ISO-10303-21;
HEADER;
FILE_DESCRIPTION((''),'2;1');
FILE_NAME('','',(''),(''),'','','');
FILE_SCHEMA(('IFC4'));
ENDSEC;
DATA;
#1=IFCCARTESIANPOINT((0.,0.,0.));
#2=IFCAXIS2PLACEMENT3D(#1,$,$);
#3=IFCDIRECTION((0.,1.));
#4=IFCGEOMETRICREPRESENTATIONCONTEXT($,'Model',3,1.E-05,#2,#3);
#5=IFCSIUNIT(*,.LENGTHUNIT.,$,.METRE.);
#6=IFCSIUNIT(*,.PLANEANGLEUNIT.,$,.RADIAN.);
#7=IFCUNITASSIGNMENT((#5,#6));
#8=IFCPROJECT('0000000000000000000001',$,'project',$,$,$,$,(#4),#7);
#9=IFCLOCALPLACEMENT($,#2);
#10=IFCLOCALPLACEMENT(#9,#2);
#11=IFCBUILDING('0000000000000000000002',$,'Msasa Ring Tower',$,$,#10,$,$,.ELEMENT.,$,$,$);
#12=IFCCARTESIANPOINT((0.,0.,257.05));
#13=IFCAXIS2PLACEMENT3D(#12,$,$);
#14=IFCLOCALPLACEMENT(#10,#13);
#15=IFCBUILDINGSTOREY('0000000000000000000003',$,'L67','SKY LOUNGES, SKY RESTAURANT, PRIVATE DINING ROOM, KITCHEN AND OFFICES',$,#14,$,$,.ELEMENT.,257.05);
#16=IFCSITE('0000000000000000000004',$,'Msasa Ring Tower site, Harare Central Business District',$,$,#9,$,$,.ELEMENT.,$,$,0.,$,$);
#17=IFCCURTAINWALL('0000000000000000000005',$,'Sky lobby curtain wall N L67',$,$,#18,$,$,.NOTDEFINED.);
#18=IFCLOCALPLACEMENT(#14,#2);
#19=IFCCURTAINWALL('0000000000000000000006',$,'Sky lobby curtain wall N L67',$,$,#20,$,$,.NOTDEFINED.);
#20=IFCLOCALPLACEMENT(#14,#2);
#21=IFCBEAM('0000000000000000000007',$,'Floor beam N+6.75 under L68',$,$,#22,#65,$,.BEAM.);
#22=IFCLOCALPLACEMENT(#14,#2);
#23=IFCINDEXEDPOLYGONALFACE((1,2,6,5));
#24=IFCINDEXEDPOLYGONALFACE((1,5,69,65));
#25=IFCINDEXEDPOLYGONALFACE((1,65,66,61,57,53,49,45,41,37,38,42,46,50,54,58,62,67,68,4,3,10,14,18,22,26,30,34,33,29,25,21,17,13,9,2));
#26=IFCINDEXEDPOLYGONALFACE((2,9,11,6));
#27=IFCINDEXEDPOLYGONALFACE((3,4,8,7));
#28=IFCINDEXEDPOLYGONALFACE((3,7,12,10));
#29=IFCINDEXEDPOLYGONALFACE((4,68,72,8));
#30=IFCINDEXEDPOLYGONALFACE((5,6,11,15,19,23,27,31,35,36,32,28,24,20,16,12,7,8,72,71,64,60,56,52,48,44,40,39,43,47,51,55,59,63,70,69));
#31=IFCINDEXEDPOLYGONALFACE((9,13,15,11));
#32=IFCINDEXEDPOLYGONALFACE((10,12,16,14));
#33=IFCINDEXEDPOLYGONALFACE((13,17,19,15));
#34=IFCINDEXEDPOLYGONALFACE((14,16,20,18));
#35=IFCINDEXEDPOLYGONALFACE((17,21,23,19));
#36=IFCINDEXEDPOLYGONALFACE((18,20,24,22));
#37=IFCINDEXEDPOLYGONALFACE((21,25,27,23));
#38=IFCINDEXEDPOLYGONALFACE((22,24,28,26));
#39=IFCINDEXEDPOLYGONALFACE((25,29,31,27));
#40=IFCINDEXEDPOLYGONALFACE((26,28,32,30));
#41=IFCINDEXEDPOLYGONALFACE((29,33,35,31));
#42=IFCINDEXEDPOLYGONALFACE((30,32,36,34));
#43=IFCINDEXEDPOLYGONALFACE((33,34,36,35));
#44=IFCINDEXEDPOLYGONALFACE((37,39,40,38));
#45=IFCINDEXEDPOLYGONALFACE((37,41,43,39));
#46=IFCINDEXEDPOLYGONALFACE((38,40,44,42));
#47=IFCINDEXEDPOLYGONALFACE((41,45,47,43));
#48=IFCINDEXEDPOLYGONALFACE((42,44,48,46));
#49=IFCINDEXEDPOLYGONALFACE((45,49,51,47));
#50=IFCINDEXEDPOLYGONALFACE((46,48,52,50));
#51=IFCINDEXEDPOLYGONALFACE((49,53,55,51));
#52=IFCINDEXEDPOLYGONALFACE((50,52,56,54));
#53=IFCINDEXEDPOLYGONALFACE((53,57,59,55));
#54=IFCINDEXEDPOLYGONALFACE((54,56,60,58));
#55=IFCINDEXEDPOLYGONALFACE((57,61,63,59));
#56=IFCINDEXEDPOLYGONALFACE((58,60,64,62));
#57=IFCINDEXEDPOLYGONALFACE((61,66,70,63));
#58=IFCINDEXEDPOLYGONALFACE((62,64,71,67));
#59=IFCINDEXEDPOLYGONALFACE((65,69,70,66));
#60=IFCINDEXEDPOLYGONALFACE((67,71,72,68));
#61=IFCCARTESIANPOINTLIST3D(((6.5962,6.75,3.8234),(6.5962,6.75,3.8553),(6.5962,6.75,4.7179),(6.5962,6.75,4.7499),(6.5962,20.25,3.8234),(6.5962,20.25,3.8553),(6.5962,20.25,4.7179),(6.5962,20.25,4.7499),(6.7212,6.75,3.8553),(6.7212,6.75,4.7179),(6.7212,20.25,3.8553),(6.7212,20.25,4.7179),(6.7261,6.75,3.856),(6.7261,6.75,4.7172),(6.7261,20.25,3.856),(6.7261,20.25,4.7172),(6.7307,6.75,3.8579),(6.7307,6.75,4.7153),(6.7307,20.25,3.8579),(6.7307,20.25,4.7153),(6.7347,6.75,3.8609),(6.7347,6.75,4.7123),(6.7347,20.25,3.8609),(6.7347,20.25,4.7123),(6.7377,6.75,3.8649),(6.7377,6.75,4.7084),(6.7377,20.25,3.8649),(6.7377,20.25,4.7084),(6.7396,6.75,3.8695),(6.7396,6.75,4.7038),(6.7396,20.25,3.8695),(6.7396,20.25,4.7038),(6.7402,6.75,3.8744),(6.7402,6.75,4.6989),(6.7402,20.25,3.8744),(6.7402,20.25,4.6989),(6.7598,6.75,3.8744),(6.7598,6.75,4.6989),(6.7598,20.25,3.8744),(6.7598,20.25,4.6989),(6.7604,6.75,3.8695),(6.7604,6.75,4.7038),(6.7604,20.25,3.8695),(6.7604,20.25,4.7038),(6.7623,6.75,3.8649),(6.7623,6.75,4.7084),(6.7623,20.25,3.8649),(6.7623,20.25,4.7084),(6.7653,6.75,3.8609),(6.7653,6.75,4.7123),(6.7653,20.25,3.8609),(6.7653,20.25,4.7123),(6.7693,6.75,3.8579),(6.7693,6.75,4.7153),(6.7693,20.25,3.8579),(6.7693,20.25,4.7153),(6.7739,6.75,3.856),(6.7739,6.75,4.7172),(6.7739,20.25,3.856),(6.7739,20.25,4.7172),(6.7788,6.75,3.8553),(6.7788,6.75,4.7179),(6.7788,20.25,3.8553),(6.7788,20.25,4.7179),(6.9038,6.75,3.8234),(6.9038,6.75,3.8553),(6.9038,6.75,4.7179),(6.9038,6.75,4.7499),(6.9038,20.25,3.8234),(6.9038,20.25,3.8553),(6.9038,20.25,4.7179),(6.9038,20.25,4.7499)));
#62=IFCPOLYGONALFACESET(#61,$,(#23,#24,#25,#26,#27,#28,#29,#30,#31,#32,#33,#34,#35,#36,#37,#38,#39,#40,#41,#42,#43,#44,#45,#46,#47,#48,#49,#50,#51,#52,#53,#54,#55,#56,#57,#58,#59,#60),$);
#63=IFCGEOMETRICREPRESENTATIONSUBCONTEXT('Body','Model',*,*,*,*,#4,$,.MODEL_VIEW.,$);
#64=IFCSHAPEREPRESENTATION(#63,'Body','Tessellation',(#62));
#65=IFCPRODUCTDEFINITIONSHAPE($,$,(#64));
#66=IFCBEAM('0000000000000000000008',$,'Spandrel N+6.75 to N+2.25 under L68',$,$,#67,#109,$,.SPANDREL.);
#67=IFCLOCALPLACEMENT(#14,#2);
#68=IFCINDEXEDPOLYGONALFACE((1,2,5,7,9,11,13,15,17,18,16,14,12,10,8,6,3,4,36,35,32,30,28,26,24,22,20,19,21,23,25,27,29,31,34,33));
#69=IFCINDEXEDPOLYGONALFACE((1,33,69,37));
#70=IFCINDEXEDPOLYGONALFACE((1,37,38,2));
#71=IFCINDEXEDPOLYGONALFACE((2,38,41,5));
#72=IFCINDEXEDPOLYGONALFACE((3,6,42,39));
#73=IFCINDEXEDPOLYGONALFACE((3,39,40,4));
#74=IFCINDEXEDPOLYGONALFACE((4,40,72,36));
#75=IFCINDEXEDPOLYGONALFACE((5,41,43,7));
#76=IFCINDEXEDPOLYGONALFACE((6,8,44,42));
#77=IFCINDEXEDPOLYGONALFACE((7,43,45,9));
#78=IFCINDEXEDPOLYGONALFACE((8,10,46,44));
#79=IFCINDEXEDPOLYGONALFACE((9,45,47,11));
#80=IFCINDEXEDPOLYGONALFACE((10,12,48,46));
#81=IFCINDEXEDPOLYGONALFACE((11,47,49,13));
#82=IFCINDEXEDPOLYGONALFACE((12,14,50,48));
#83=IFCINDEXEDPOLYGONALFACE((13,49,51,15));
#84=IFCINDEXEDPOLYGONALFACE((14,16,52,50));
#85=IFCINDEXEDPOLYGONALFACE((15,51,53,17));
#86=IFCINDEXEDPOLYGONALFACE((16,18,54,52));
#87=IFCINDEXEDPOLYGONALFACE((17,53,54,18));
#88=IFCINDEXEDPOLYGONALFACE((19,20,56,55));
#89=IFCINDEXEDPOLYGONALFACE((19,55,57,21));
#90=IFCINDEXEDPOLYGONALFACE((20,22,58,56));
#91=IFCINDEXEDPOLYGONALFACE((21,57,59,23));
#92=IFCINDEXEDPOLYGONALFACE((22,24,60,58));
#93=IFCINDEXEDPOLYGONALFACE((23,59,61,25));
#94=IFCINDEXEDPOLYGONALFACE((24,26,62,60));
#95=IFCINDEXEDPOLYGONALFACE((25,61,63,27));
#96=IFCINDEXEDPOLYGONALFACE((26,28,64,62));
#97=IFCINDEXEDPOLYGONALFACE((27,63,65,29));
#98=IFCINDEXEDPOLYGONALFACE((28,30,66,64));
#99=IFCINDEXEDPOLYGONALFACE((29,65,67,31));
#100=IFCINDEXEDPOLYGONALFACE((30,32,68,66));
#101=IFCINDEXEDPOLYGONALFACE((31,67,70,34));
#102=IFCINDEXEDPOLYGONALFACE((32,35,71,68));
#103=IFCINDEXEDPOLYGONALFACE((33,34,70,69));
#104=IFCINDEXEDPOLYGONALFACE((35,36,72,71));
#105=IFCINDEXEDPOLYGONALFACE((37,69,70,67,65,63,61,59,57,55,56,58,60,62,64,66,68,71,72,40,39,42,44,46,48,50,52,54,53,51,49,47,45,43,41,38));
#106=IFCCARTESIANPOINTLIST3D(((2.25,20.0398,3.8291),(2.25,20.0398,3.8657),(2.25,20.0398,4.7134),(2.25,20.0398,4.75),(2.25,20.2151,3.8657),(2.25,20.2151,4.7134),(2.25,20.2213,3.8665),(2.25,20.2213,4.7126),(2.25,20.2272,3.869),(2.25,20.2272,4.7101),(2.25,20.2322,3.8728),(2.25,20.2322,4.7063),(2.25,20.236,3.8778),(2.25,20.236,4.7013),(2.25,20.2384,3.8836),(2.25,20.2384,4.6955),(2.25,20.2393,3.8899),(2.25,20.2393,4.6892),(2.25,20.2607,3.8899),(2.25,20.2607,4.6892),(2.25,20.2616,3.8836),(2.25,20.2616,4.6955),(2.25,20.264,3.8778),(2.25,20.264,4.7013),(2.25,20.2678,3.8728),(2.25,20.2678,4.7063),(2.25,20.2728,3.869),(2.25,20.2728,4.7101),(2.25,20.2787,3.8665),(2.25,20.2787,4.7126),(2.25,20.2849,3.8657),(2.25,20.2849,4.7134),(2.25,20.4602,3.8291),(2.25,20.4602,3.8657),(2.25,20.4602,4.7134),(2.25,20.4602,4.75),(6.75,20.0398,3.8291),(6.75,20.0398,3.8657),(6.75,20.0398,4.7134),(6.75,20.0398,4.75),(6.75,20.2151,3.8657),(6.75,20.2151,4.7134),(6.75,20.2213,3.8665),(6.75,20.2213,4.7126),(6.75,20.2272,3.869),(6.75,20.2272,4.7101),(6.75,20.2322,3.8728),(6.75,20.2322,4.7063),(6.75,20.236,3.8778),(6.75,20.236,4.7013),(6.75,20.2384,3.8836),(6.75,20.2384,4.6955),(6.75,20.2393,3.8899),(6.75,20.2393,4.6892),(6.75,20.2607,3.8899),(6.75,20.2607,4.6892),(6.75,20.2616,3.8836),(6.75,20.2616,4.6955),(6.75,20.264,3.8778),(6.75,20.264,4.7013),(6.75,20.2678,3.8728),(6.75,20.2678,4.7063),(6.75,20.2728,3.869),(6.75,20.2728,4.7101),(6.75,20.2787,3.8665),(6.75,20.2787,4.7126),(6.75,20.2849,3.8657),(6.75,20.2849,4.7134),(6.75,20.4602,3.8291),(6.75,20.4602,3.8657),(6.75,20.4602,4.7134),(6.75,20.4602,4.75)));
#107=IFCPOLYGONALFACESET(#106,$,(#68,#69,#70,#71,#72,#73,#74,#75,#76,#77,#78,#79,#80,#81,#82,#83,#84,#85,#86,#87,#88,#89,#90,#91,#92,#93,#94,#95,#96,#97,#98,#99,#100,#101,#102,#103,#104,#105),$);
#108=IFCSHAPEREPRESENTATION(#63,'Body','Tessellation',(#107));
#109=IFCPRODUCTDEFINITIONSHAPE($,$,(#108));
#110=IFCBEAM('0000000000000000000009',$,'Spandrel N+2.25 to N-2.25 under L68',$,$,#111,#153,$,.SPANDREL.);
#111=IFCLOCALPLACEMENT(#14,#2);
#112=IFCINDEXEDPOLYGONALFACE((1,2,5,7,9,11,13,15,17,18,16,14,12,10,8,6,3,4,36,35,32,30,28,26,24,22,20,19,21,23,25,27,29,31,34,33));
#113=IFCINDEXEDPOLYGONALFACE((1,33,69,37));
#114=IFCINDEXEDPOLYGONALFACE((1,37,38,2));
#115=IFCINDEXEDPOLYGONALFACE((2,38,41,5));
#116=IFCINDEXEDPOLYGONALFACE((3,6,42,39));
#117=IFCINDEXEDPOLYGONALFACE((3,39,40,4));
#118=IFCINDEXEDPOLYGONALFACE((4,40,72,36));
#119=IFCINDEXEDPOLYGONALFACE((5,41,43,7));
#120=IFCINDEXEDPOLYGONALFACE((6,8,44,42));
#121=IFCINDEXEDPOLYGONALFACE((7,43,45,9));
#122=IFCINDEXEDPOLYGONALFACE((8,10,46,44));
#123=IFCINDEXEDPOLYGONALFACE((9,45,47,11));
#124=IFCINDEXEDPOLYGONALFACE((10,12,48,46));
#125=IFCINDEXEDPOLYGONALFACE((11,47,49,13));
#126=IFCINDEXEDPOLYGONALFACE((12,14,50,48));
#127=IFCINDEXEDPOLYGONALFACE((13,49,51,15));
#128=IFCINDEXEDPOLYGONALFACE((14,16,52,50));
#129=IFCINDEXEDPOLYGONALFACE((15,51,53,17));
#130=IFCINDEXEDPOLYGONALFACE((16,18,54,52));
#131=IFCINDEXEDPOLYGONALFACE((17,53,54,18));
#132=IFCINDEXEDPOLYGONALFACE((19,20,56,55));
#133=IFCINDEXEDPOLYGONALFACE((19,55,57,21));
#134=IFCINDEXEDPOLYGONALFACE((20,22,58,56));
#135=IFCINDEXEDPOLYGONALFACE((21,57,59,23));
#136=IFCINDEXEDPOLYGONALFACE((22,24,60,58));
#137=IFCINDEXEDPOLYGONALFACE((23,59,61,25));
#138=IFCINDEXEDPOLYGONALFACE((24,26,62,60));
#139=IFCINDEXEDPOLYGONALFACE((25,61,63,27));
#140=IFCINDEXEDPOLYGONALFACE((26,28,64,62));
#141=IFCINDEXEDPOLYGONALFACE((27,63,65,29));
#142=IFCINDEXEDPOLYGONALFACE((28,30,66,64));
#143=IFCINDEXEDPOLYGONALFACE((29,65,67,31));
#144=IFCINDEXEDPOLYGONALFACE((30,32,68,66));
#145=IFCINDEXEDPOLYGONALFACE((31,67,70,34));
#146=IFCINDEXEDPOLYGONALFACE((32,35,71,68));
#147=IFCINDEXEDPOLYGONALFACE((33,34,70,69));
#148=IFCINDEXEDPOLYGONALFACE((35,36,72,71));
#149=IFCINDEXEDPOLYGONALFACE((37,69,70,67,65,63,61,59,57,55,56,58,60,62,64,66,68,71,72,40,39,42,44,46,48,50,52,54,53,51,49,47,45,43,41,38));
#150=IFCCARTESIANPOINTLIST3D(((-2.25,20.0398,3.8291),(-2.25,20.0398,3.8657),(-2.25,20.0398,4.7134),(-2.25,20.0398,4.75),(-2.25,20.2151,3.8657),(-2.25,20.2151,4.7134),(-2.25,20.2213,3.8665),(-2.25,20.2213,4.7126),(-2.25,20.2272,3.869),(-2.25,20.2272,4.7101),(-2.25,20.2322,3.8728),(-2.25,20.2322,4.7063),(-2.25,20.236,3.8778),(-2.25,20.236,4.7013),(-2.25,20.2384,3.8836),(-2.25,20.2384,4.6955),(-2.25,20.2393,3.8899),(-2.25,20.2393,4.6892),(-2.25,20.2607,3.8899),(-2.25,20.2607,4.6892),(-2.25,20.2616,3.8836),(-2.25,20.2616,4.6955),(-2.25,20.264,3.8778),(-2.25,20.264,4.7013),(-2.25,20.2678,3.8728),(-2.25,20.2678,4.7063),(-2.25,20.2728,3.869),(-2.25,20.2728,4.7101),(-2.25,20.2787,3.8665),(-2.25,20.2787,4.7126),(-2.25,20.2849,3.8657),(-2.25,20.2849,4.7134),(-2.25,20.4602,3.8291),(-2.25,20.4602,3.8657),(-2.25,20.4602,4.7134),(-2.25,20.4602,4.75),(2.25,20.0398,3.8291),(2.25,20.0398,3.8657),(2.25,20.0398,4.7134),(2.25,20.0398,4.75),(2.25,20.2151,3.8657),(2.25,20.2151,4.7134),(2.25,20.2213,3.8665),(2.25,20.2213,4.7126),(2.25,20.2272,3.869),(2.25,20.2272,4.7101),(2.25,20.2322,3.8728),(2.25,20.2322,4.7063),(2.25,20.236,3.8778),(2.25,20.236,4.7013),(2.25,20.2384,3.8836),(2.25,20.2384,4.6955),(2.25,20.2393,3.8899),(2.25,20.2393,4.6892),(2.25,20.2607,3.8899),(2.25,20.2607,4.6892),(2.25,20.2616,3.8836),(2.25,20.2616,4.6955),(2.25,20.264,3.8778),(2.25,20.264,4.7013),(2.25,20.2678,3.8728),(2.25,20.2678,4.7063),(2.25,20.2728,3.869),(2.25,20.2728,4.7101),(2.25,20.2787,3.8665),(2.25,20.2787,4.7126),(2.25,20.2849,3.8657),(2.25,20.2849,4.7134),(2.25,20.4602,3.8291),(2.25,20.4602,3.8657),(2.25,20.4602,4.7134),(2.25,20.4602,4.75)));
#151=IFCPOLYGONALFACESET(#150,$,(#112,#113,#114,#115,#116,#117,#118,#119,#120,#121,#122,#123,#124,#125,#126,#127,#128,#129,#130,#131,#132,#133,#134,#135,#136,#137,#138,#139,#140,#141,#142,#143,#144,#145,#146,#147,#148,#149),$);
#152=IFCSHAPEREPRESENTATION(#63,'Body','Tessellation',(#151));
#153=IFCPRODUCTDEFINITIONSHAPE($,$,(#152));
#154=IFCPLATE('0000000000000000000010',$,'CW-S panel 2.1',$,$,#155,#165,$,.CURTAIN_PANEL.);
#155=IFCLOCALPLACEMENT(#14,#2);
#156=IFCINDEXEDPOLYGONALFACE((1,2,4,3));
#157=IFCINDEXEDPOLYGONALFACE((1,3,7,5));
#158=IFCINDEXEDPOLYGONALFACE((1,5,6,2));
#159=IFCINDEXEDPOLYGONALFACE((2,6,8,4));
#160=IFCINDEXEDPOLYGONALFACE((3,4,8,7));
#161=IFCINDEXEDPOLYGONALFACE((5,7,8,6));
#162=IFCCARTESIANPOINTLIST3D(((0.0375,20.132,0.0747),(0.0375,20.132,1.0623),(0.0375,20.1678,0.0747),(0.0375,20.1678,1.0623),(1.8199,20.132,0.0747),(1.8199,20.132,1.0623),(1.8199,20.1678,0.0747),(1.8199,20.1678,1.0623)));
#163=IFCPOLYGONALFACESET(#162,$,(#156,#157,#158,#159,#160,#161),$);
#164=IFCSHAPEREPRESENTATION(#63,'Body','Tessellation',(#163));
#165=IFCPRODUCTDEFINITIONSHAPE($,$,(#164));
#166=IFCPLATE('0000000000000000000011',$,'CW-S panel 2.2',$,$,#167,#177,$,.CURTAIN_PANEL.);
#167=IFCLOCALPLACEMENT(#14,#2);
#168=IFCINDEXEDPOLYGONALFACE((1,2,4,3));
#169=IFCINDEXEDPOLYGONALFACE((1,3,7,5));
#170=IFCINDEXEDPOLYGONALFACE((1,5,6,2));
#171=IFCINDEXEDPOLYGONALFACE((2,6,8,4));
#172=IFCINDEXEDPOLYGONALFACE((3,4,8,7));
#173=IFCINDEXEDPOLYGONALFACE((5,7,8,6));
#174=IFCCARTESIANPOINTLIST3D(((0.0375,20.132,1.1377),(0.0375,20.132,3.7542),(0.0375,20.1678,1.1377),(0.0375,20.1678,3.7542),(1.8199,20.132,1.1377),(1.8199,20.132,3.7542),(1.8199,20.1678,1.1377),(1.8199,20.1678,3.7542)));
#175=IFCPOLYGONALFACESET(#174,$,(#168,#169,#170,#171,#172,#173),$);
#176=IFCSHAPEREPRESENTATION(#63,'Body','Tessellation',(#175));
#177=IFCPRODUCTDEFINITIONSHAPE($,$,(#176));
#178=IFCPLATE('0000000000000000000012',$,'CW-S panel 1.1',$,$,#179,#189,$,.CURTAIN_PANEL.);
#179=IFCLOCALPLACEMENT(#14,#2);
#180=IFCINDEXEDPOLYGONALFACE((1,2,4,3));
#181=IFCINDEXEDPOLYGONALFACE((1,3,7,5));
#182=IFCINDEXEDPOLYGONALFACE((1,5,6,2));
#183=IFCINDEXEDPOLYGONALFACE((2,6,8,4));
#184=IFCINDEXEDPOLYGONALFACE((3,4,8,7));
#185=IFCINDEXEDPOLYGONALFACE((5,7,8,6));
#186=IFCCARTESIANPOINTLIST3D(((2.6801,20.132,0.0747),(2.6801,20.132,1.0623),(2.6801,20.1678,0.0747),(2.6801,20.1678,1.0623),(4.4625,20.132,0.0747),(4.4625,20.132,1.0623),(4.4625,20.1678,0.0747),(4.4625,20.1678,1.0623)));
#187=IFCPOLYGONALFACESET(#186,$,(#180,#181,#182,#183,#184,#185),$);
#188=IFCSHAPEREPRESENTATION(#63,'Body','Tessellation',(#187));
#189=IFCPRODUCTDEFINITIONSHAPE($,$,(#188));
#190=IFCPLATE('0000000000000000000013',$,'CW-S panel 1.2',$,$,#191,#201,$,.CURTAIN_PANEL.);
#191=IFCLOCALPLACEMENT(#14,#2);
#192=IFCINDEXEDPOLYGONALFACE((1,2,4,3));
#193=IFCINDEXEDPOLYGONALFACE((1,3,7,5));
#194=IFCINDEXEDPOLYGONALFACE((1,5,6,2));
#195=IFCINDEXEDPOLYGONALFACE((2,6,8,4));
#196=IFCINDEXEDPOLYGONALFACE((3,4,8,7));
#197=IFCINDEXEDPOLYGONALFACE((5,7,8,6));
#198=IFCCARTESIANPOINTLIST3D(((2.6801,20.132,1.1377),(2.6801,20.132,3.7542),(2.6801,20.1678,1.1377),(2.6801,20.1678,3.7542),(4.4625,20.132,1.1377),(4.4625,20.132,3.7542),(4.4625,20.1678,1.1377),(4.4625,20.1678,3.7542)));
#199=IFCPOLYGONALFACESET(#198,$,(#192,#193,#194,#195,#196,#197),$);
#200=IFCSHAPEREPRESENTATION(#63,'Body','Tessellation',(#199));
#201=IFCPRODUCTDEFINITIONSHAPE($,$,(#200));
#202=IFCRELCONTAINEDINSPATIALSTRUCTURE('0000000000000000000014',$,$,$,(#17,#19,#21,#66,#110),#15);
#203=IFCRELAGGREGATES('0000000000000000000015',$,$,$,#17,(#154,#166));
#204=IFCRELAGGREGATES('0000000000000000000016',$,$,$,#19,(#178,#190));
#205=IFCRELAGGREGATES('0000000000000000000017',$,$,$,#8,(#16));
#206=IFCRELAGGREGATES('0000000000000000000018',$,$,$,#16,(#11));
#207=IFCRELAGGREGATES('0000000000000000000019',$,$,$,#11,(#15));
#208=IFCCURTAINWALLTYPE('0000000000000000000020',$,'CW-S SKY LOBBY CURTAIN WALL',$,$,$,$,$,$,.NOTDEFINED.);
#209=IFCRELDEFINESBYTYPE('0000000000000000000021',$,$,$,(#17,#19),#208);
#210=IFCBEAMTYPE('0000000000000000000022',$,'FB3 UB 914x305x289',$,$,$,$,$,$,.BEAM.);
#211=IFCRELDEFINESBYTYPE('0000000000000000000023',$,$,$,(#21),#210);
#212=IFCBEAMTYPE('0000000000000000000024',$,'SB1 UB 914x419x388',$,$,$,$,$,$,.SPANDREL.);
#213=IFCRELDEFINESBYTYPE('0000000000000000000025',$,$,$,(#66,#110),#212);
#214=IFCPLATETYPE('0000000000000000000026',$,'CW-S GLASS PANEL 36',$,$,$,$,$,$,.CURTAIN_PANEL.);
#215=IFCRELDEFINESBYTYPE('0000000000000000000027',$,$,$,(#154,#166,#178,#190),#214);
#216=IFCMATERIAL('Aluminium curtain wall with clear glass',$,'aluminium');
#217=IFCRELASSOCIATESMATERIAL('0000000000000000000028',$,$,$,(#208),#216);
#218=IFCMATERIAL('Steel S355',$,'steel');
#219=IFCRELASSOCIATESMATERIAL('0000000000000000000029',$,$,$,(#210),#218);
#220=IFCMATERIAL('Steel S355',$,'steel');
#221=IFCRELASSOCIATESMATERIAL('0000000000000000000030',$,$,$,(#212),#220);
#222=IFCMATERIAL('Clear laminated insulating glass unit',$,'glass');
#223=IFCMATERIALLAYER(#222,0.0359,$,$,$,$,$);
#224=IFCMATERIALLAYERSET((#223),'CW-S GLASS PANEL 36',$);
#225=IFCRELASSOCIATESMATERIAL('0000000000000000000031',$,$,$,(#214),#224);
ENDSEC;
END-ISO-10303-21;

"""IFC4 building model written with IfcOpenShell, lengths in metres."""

from ifc_helpers import new_model, si_unit, direction, frame, origin, origin_2d, place, context, subcontext, project, spatial, rectangle, i_section, extrude, material, layer, layer_set, material_profile, profile_set, type_object, element, aggregate, save


model = new_model("IFC4")

# Units and contexts
model_context = context("Model", 3, precision=1e-05, world=origin(), true_north=direction((0.0, 1.0)))
body_context = subcontext(model_context, "Body", "Model", "MODEL_VIEW")
ifc_project = project(units=[si_unit("LENGTHUNIT", "METRE"), si_unit("PLANEANGLEUNIT", "RADIAN")], contexts=[model_context])

# Site, building, storey
site_placement = place(None, origin())
site = spatial("IfcSite", under=ifc_project, at=site_placement, Name="Msasa Ring Tower site, Harare Central Business District", CompositionType="ELEMENT", RefElevation=0.0)
building_placement = place(site_placement, origin())
building = spatial("IfcBuilding", under=site, at=building_placement, Name="Msasa Ring Tower", CompositionType="ELEMENT")
storey_placement = place(building_placement, frame((0.0, 0.0, 257.05)))
storey = spatial("IfcBuildingStorey", under=building, at=storey_placement, Name="L67", Description="SKY LOUNGES, SKY RESTAURANT, PRIVATE DINING ROOM, KITCHEN AND OFFICES", CompositionType="ELEMENT", Elevation=257.05)

# Curtain wall
ifc_material_1 = material(Name="Aluminium curtain wall with clear glass", Category="aluminium")
curtain_wall_type = type_object("IfcCurtainWallType", Name="CW-S SKY LOBBY CURTAIN WALL", PredefinedType="NOTDEFINED", material=ifc_material_1)
curtain_wall_1_placement = place(storey_placement, origin())
curtain_wall_1 = element("IfcCurtainWall", 1, at=curtain_wall_1_placement, inside=storey, type_object=curtain_wall_type, Name="Sky lobby curtain wall N L67", PredefinedType="NOTDEFINED")

# Curtain wall
curtain_wall_2_placement = place(storey_placement, origin())
curtain_wall_2 = element("IfcCurtainWall", 2, at=curtain_wall_2_placement, inside=storey, type_object=curtain_wall_type, Name="Sky lobby curtain wall N L67", PredefinedType="NOTDEFINED")

# Beams
ifc_material_2 = material(Name="Steel S355", Category="steel")
ifc_material_profile_1 = material_profile(ifc_material_2, i_section(OverallWidth=0.3076, OverallDepth=0.9265, WebThickness=0.0195, FlangeThickness=0.032, FilletRadius=0.019, at=origin_2d()), Name="UB 914x305x289")
ifc_profile_set_1 = profile_set([ifc_material_profile_1], Name="Steel S355")
beam_type_1 = type_object("IfcBeamType", Name="FB3 UB 914x305x289", PredefinedType="BEAM", material=ifc_profile_set_1)
for number, where, z_axis, x_axis, name in (
    (3, (6.75, 20.25, 4.2866), (0.0, -1.0, 0.0), (1.0, 0.0, 0.0), "Floor beam N+6.75 under L68"),
):
    element("IfcBeam", number, at=place(storey_placement, frame(where, z_axis=z_axis, x_axis=x_axis)), inside=storey, type_object=beam_type_1, Name=name, PredefinedType="BEAM", context=body_context, shape_type="SweptSolid", body=[
        extrude(i_section(OverallWidth=0.3076, OverallDepth=0.9265, WebThickness=0.0195, FlangeThickness=0.032, FilletRadius=0.019, at=origin_2d()), origin(), (0.0, 0.0, 1.0), 13.5),
    ])
ifc_material_3 = material(Name="Steel S355", Category="steel")
ifc_material_profile_2 = material_profile(ifc_material_3, i_section(OverallWidth=0.4204, OverallDepth=0.9209, WebThickness=0.0215, FlangeThickness=0.0366, FilletRadius=0.0242, at=origin_2d()), Name="UB 914x419x388")
ifc_profile_set_2 = profile_set([ifc_material_profile_2], Name="Steel S355")
beam_type_2 = type_object("IfcBeamType", Name="SB1 UB 914x419x388", PredefinedType="SPANDREL", material=ifc_profile_set_2)
for number, where, z_axis, x_axis, name in (
    (4, (6.75, 20.25, 4.2896), (-1.0, 0.0, 0.0), (0.0, -1.0, 0.0), "Spandrel N+6.75 to N+2.25 under L68"),
    (5, (2.25, 20.25, 4.2896), (-1.0, 0.0, 0.0), (0.0, -1.0, 0.0), "Spandrel N+2.25 to N-2.25 under L68"),
):
    element("IfcBeam", number, at=place(storey_placement, frame(where, z_axis=z_axis, x_axis=x_axis)), inside=storey, type_object=beam_type_2, Name=name, PredefinedType="SPANDREL", context=body_context, shape_type="SweptSolid", body=[
        extrude(i_section(OverallWidth=0.4204, OverallDepth=0.9209, WebThickness=0.0215, FlangeThickness=0.0366, FilletRadius=0.0242, at=origin_2d()), origin(), (0.0, 0.0, 1.0), 4.5),
    ])

# Plates
ifc_material_4 = material(Name="Clear laminated insulating glass unit", Category="glass")
ifc_layer = layer(ifc_material_4, 0.0359)
ifc_layer_set = layer_set([ifc_layer], Name="CW-S GLASS PANEL 36")
plate_type = type_object("IfcPlateType", Name="CW-S GLASS PANEL 36", PredefinedType="CURTAIN_PANEL", material=ifc_layer_set)
plate_1_placement = place(storey_placement, frame((0.9287, 20.1499, 0.0747), z_axis=(0.0, 0.0, 1.0), x_axis=(1.0, 0.0, 0.0)))
plate_1 = element("IfcPlate", 6, at=plate_1_placement, type_object=plate_type, Name="CW-S panel 2.1", PredefinedType="CURTAIN_PANEL", context=body_context, shape_type="SweptSolid", body=[
    extrude(rectangle(XDim=1.7825, YDim=0.0359, at=origin_2d()), origin(), (0.0, 0.0, 1.0), 0.9875),
])
plate_2_placement = place(storey_placement, frame((0.9287, 20.1499, 1.1377), z_axis=(0.0, 0.0, 1.0), x_axis=(1.0, 0.0, 0.0)))
plate_2 = element("IfcPlate", 7, at=plate_2_placement, type_object=plate_type, Name="CW-S panel 2.2", PredefinedType="CURTAIN_PANEL", context=body_context, shape_type="SweptSolid", body=[
    extrude(rectangle(XDim=1.7825, YDim=0.0359, at=origin_2d()), origin(), (0.0, 0.0, 1.0), 2.6165),
])
aggregate(curtain_wall_1, [plate_1, plate_2])
plate_3_placement = place(storey_placement, frame((3.5713, 20.1499, 0.0747), z_axis=(0.0, 0.0, 1.0), x_axis=(1.0, 0.0, 0.0)))
plate_3 = element("IfcPlate", 8, at=plate_3_placement, type_object=plate_type, Name="CW-S panel 1.1", PredefinedType="CURTAIN_PANEL", context=body_context, shape_type="SweptSolid", body=[
    extrude(rectangle(XDim=1.7825, YDim=0.0359, at=origin_2d()), origin(), (0.0, 0.0, 1.0), 0.9875),
])
plate_4_placement = place(storey_placement, frame((3.5713, 20.1499, 1.1377), z_axis=(0.0, 0.0, 1.0), x_axis=(1.0, 0.0, 0.0)))
plate_4 = element("IfcPlate", 9, at=plate_4_placement, type_object=plate_type, Name="CW-S panel 1.2", PredefinedType="CURTAIN_PANEL", context=body_context, shape_type="SweptSolid", body=[
    extrude(rectangle(XDim=1.7825, YDim=0.0359, at=origin_2d()), origin(), (0.0, 0.0, 1.0), 2.6165),
])
aggregate(curtain_wall_2, [plate_3, plate_4])

save(model, "model.ifc")
